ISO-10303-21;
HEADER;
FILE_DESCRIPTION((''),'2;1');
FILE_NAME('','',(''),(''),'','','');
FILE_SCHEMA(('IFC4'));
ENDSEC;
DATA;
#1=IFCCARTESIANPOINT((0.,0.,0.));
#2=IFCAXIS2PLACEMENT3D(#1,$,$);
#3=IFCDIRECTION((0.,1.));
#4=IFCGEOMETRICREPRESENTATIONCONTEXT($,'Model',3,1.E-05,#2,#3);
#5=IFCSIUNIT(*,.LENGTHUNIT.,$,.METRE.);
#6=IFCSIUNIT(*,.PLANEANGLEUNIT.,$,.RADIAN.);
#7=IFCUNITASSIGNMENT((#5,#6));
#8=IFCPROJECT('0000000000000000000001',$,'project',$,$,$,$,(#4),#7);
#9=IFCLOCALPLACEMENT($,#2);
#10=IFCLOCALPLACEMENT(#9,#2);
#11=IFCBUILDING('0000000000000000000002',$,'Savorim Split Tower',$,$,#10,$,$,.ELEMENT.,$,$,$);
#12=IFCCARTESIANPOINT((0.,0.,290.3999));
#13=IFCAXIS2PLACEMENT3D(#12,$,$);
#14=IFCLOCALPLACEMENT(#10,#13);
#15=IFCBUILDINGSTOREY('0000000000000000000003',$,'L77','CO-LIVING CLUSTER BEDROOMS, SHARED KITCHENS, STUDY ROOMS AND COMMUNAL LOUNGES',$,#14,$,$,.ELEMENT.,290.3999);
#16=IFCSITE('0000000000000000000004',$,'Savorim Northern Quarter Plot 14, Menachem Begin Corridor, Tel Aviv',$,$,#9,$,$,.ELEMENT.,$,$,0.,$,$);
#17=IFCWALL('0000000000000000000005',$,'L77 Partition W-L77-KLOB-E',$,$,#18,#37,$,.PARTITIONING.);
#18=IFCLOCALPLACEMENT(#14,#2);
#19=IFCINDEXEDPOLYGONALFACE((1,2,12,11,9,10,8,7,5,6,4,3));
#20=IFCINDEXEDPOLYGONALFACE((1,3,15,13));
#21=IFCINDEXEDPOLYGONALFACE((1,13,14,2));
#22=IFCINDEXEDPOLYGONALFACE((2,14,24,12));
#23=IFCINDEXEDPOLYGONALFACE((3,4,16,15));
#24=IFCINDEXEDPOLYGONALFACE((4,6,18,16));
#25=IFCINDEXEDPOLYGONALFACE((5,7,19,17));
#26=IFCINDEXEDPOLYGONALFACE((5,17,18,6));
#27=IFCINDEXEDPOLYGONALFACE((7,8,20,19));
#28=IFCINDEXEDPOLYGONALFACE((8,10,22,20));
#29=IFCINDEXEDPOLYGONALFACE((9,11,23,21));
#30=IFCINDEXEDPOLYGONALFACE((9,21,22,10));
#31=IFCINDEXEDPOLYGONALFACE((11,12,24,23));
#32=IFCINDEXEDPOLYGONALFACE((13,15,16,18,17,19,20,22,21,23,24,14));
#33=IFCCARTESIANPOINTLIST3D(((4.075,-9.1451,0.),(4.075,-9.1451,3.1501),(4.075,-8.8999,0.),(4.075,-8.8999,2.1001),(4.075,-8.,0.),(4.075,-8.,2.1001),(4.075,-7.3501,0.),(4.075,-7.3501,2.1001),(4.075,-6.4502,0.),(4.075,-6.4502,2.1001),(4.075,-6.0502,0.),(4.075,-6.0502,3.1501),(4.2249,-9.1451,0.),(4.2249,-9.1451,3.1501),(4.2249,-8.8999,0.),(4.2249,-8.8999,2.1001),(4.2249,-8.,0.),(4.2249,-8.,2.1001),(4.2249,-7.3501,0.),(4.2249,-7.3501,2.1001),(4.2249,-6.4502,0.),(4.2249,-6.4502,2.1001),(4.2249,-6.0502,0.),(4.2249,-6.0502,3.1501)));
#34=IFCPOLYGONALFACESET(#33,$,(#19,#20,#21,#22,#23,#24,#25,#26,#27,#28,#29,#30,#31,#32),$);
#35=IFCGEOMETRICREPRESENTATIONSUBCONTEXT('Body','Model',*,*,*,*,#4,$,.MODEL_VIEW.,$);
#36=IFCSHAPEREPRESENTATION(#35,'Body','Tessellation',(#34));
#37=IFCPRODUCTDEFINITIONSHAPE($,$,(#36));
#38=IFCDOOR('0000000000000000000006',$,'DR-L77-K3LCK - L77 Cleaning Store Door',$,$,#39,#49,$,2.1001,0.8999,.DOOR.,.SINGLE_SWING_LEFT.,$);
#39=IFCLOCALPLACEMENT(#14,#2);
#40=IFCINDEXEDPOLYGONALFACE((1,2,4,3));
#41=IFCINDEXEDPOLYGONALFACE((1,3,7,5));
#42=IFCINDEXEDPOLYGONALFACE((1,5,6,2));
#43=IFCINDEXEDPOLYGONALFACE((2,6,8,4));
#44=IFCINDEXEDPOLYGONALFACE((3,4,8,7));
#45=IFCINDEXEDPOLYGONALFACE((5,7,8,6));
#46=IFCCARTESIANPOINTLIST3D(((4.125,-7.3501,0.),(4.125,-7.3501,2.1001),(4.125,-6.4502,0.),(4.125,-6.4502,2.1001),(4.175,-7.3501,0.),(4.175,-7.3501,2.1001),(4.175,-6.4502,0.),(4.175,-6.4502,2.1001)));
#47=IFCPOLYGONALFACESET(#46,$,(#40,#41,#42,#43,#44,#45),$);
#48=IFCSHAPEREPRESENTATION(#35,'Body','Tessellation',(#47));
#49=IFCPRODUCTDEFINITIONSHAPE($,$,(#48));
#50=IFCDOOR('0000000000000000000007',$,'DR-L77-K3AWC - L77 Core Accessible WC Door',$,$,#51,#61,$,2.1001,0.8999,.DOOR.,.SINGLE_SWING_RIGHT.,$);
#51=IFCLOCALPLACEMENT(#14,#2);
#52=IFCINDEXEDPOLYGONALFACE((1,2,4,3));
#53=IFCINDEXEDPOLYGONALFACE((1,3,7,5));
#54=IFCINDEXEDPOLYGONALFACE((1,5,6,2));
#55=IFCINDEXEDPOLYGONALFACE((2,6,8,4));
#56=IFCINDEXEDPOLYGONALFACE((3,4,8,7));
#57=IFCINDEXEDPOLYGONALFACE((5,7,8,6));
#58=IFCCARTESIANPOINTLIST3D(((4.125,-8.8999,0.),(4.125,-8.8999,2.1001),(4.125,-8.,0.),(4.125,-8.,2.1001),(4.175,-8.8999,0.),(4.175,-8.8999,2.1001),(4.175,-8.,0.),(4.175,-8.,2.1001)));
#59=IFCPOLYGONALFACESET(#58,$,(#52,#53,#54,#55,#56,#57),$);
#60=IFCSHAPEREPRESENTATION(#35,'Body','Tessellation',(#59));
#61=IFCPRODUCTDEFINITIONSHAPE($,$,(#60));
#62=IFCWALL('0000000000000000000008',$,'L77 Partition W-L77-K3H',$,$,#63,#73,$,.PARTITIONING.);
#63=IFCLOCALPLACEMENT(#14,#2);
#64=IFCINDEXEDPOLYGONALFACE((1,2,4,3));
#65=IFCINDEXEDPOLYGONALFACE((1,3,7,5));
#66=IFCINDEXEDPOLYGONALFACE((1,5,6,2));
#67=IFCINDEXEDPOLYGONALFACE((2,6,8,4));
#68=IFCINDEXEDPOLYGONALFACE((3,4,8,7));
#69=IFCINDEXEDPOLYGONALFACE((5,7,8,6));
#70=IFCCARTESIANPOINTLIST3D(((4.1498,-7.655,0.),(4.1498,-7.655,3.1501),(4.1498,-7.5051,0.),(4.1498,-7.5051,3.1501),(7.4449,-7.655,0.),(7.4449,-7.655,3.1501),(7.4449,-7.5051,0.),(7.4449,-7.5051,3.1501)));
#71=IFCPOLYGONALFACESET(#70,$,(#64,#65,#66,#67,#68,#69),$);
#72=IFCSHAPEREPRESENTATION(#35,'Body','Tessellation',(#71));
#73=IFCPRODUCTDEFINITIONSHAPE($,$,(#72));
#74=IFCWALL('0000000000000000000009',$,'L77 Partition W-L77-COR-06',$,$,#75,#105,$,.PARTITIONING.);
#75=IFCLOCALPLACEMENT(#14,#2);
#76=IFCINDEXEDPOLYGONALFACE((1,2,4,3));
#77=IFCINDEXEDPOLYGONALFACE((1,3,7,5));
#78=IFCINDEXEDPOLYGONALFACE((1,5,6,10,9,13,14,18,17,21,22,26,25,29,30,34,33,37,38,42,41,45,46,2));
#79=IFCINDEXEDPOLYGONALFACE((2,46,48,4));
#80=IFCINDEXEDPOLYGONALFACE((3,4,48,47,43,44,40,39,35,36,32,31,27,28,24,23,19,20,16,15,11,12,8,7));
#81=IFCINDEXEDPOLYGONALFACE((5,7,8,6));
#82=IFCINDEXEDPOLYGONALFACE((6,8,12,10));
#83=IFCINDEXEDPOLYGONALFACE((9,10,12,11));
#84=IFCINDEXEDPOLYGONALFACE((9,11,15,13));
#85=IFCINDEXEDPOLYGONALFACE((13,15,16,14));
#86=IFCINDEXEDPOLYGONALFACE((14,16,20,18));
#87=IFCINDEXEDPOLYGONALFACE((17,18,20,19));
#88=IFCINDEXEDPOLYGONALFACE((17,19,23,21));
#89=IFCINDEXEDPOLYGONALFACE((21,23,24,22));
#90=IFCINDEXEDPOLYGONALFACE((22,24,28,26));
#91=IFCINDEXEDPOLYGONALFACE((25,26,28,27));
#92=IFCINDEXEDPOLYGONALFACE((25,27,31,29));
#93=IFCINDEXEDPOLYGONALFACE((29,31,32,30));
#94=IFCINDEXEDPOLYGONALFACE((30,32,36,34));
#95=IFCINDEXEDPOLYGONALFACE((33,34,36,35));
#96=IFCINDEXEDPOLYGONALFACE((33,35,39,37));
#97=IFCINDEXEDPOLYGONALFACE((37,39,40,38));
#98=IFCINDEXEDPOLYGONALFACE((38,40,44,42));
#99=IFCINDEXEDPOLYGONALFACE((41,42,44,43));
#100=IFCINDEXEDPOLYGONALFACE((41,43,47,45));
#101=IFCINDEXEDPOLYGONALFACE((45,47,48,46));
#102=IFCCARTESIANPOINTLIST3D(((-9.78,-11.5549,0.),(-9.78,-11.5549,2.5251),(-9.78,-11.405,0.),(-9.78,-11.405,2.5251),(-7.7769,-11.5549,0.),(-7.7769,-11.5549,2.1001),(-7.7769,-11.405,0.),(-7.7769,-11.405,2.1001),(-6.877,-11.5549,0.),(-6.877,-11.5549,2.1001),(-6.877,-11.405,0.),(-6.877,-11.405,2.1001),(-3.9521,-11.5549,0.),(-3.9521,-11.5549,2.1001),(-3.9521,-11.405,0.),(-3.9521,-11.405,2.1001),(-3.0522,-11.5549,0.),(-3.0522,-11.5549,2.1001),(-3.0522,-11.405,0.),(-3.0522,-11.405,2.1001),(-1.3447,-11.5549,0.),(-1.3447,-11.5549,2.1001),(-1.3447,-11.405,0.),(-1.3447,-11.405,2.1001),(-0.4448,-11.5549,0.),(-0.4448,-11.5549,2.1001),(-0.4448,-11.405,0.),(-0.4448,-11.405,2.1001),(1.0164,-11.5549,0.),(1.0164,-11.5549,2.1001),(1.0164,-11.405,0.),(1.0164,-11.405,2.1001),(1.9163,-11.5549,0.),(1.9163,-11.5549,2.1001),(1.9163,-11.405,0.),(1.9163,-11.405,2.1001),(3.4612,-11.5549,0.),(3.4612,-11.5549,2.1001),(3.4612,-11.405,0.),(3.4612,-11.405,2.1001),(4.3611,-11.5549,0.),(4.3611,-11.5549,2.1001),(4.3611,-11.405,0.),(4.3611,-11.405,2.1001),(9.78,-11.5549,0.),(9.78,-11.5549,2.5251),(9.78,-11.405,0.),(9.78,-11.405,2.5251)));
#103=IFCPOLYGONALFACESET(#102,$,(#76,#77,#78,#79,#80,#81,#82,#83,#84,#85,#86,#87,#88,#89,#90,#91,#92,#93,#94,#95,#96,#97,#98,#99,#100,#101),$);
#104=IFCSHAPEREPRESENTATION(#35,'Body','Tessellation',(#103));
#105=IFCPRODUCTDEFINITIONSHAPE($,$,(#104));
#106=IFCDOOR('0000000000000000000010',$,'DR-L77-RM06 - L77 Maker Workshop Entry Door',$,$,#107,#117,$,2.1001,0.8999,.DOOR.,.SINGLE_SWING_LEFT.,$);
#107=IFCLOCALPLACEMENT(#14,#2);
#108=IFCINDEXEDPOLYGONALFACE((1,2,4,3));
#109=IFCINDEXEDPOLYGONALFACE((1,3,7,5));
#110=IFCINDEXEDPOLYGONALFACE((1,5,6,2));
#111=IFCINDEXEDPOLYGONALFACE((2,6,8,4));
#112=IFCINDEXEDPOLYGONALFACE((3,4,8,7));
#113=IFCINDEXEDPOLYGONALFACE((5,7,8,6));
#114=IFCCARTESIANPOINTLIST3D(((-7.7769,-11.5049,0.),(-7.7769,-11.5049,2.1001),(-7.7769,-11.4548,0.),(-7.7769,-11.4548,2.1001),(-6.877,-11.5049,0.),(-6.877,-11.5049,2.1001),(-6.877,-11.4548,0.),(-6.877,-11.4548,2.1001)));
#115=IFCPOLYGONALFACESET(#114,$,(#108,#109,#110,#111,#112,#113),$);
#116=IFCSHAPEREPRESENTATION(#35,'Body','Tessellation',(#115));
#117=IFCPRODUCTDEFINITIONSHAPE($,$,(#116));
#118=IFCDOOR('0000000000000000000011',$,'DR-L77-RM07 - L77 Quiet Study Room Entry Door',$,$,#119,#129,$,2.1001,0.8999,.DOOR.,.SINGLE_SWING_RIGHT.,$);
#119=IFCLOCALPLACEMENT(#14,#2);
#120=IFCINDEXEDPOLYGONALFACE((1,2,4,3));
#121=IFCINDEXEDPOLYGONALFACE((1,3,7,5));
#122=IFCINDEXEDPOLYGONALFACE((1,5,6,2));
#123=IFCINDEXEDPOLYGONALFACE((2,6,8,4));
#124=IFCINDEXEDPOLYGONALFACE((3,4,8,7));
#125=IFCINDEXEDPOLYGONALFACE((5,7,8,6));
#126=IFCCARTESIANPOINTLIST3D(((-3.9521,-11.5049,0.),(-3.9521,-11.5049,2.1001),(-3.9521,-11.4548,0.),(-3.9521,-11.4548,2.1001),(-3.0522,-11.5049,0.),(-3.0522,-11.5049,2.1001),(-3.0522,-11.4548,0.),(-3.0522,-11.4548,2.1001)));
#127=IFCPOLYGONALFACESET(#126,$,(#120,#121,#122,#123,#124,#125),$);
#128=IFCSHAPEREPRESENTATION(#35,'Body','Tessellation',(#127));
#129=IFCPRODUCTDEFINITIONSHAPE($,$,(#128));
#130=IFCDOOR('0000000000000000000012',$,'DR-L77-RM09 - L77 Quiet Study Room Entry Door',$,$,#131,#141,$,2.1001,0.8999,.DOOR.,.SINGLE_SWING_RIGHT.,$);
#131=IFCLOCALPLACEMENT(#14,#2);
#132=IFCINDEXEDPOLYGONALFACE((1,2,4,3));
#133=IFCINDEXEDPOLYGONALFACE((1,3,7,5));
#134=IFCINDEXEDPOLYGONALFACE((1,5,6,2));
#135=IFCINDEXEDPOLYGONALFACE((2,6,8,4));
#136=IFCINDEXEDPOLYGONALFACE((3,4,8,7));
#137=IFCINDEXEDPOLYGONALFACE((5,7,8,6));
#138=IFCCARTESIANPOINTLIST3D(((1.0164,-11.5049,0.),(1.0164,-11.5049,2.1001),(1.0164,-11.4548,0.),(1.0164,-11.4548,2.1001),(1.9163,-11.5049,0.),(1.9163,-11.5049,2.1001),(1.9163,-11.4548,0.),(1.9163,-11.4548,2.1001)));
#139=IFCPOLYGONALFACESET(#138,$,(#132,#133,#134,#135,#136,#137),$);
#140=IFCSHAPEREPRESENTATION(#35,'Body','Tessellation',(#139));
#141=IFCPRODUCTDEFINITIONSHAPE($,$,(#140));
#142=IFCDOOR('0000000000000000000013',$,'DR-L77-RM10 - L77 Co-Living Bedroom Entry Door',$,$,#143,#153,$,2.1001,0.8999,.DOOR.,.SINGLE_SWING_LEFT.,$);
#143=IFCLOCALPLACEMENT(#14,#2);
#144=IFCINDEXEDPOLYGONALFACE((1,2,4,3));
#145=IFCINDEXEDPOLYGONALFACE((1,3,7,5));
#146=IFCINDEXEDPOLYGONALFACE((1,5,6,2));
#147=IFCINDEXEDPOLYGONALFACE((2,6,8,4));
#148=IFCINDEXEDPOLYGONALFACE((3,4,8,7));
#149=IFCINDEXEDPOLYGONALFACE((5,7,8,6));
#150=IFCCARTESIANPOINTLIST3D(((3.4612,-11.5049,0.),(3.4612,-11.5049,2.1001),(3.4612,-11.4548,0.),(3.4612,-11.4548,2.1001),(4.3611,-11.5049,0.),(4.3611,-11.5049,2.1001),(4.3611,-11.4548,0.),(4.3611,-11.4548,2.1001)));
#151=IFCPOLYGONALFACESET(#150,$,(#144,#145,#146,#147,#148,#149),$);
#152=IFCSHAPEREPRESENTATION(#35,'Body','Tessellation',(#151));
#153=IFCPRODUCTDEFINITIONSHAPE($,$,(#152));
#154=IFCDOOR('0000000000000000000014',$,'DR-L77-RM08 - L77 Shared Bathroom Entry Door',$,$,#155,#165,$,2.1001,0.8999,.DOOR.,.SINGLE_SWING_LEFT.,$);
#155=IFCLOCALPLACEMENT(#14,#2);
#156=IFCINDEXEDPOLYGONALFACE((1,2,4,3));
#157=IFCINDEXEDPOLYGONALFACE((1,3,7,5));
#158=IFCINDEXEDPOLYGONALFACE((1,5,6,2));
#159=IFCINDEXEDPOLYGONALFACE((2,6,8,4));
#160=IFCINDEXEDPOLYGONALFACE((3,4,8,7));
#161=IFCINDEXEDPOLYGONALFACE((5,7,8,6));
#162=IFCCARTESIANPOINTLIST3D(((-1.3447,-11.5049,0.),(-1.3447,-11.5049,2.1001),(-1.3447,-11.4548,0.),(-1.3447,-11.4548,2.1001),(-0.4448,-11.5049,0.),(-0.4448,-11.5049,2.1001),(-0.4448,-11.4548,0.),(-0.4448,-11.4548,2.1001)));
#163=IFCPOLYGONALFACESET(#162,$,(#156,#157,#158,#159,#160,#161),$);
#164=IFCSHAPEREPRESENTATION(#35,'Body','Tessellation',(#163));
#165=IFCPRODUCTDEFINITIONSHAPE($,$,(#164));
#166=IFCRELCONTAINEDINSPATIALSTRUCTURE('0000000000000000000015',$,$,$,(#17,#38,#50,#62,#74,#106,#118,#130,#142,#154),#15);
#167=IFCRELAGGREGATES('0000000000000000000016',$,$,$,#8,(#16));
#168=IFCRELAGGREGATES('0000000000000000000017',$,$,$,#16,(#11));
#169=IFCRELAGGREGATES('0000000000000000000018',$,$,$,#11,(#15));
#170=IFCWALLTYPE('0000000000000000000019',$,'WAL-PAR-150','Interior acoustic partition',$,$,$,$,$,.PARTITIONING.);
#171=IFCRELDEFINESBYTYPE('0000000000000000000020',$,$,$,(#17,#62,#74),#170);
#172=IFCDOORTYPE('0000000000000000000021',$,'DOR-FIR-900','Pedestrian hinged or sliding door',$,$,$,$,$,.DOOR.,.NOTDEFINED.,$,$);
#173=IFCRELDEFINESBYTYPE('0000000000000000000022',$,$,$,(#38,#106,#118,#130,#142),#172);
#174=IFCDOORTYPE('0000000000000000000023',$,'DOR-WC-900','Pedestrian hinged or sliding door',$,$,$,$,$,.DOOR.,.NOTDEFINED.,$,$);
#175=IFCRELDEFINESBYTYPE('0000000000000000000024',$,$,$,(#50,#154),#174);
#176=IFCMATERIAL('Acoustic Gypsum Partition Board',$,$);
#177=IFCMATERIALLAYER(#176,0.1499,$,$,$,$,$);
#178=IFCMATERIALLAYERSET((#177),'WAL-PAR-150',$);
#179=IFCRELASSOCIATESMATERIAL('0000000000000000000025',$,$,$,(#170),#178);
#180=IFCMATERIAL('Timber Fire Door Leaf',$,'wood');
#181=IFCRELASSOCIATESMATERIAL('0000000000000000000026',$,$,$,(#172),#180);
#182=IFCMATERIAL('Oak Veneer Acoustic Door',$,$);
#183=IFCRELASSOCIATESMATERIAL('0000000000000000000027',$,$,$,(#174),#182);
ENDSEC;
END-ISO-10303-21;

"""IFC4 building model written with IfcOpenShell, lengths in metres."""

from ifc_helpers import new_model, si_unit, direction, frame, frame_2d, origin, place, context, subcontext, project, spatial, rectangle, extrude, material, layer, layer_set, type_object, element, fill, save


model = new_model("IFC4")

# Units and contexts
model_context = context("Model", 3, precision=1e-05, world=origin(), true_north=direction((0.0, 1.0)))
body_context = subcontext(model_context, "Body", "Model", "MODEL_VIEW")
ifc_project = project(units=[si_unit("LENGTHUNIT", "METRE"), si_unit("PLANEANGLEUNIT", "RADIAN")], contexts=[model_context])

# Site, building, storey
site_placement = place(None, origin())
site = spatial("IfcSite", under=ifc_project, at=site_placement, Name="Savorim Northern Quarter Plot 14, Menachem Begin Corridor, Tel Aviv", CompositionType="ELEMENT", RefElevation=0.0)
building_placement = place(site_placement, origin())
building = spatial("IfcBuilding", under=site, at=building_placement, Name="Savorim Split Tower", CompositionType="ELEMENT")
storey_placement = place(building_placement, frame((0.0, 0.0, 290.3999)))
storey = spatial("IfcBuildingStorey", under=building, at=storey_placement, Name="L77", Description="CO-LIVING CLUSTER BEDROOMS, SHARED KITCHENS, STUDY ROOMS AND COMMUNAL LOUNGES", CompositionType="ELEMENT", Elevation=290.3999)

# Shared definitions
ifc_material_1 = material(Name="Timber Fire Door Leaf", Category="wood")

# Wall, openings, doors
ifc_material_2 = material(Name="Acoustic Gypsum Partition Board")
ifc_layer_1 = layer(ifc_material_2, 0.1499)
ifc_layer_set_1 = layer_set([ifc_layer_1], Name="WAL-PAR-150")
wall_type_1 = type_object("IfcWallType", Name="WAL-PAR-150", Description="Interior acoustic partition", PredefinedType="PARTITIONING", material=ifc_layer_set_1)
wall_1_placement = place(storey_placement, frame((4.1499, -9.145, 0.0), z_axis=(0.0, 0.0, 1.0), x_axis=(0.0, 1.0, 0.0)))
wall_1 = element("IfcWall", 1, at=wall_1_placement, inside=storey, type_object=wall_type_1, Name="L77 Partition W-L77-KLOB-E", PredefinedType="PARTITIONING", context=body_context, shape_type="SweptSolid", body=[
    extrude(rectangle(XDim=3.095, YDim=0.1499, at=frame_2d((1.5474, 0.0))), origin(), (0.0, 0.0, 1.0), 3.1501),
])
opening_1_placement = place(wall_1_placement, frame((0.2451, 0.0, 0.0)))
opening_1 = element("IfcOpeningElement", 2, at=opening_1_placement, cuts=wall_1, PredefinedType="OPENING", context=body_context, shape_type="SweptSolid", body=[
    extrude(rectangle(XDim=0.8999, YDim=2.1001, at=frame_2d((0.45, 1.05))), frame((0.0, 0.085, 0.0), z_axis=(0.0, -1.0, 0.0), x_axis=(1.0, 0.0, 0.0)), (0.0, 0.0, 1.0), 0.1699),
])
opening_2_placement = place(wall_1_placement, frame((1.7949, 0.0, 0.0)))
opening_2 = element("IfcOpeningElement", 3, at=opening_2_placement, cuts=wall_1, PredefinedType="OPENING", context=body_context, shape_type="SweptSolid", body=[
    extrude(rectangle(XDim=0.8999, YDim=2.1001, at=frame_2d((0.45, 1.05))), frame((0.0, 0.085, 0.0), z_axis=(0.0, -1.0, 0.0), x_axis=(1.0, 0.0, 0.0)), (0.0, 0.0, 1.0), 0.1699),
])
door_type_1 = type_object("IfcDoorType", Name="DOR-FIR-900", Description="Pedestrian hinged or sliding door", OperationType="NOTDEFINED", PredefinedType="DOOR", material=ifc_material_1)
door_1_placement = place(opening_2_placement, origin())
door_1 = element("IfcDoor", 4, at=door_1_placement, inside=storey, type_object=door_type_1, Name="DR-L77-K3LCK - L77 Cleaning Store Door", OperationType="SINGLE_SWING_LEFT", OverallHeight=2.1001, OverallWidth=0.8999, PredefinedType="DOOR", context=body_context, shape_type="SweptSolid", body=[
    extrude(rectangle(XDim=0.8999, YDim=2.1001, at=frame_2d((0.45, 1.05))), frame((0.0, 0.0249, 0.0), z_axis=(0.0, -1.0, 0.0), x_axis=(1.0, 0.0, 0.0)), (0.0, 0.0, 1.0), 0.05),
])
fill(opening_2, door_1)
ifc_material_3 = material(Name="Oak Veneer Acoustic Door")
door_type_2 = type_object("IfcDoorType", Name="DOR-WC-900", Description="Pedestrian hinged or sliding door", OperationType="NOTDEFINED", PredefinedType="DOOR", material=ifc_material_3)
door_2_placement = place(opening_1_placement, origin())
door_2 = element("IfcDoor", 5, at=door_2_placement, inside=storey, type_object=door_type_2, Name="DR-L77-K3AWC - L77 Core Accessible WC Door", OperationType="SINGLE_SWING_RIGHT", OverallHeight=2.1001, OverallWidth=0.8999, PredefinedType="DOOR", context=body_context, shape_type="SweptSolid", body=[
    extrude(rectangle(XDim=0.8999, YDim=2.1001, at=frame_2d((0.45, 1.05))), frame((0.0, 0.0249, 0.0), z_axis=(0.0, -1.0, 0.0), x_axis=(1.0, 0.0, 0.0)), (0.0, 0.0, 1.0), 0.05),
])
fill(opening_1, door_2)

# Wall
wall_2_placement = place(storey_placement, frame((4.1499, -7.5801, 0.0), z_axis=(0.0, 0.0, 1.0), x_axis=(1.0, 0.0, 0.0)))
element("IfcWall", 6, at=wall_2_placement, inside=storey, type_object=wall_type_1, Name="L77 Partition W-L77-K3H", PredefinedType="PARTITIONING", context=body_context, shape_type="SweptSolid", body=[
    extrude(rectangle(XDim=3.2952, YDim=0.1499, at=frame_2d((1.6475, 0.0))), origin(), (0.0, 0.0, 1.0), 3.1501),
])

# Wall, openings, doors
wall_3_placement = place(storey_placement, frame((9.78, -11.48, 0.0), z_axis=(0.0, 0.0, 1.0), x_axis=(-1.0, 0.0, 0.0)))
wall_3 = element("IfcWall", 7, at=wall_3_placement, inside=storey, type_object=wall_type_1, Name="L77 Partition W-L77-COR-06", PredefinedType="PARTITIONING", context=body_context, shape_type="SweptSolid", body=[
    extrude(rectangle(XDim=19.5601, YDim=0.1499, at=frame_2d((9.78, 0.0))), origin(), (0.0, 0.0, 1.0), 2.5251),
])
opening_3_placement = place(wall_3_placement, frame((16.657, 0.0, 0.0)))
opening_3 = element("IfcOpeningElement", 8, at=opening_3_placement, cuts=wall_3, PredefinedType="OPENING", context=body_context, shape_type="SweptSolid", body=[
    extrude(rectangle(XDim=0.8999, YDim=2.1001, at=frame_2d((0.45, 1.05))), frame((0.0, 0.085, 0.0), z_axis=(0.0, -1.0, 0.0), x_axis=(1.0, 0.0, 0.0)), (0.0, 0.0, 1.0), 0.1699),
])
opening_4_placement = place(wall_3_placement, frame((12.8323, 0.0, 0.0)))
opening_4 = element("IfcOpeningElement", 9, at=opening_4_placement, cuts=wall_3, PredefinedType="OPENING", context=body_context, shape_type="SweptSolid", body=[
    extrude(rectangle(XDim=0.8999, YDim=2.1001, at=frame_2d((0.45, 1.05))), frame((0.0, 0.085, 0.0), z_axis=(0.0, -1.0, 0.0), x_axis=(1.0, 0.0, 0.0)), (0.0, 0.0, 1.0), 0.1699),
])
opening_5_placement = place(wall_3_placement, frame((10.2249, 0.0, 0.0)))
opening_5 = element("IfcOpeningElement", 10, at=opening_5_placement, cuts=wall_3, PredefinedType="OPENING", context=body_context, shape_type="SweptSolid", body=[
    extrude(rectangle(XDim=0.8999, YDim=2.1001, at=frame_2d((0.45, 1.05))), frame((0.0, 0.085, 0.0), z_axis=(0.0, -1.0, 0.0), x_axis=(1.0, 0.0, 0.0)), (0.0, 0.0, 1.0), 0.1699),
])
opening_6_placement = place(wall_3_placement, frame((7.8638, 0.0, 0.0)))
opening_6 = element("IfcOpeningElement", 11, at=opening_6_placement, cuts=wall_3, PredefinedType="OPENING", context=body_context, shape_type="SweptSolid", body=[
    extrude(rectangle(XDim=0.8999, YDim=2.1001, at=frame_2d((0.45, 1.05))), frame((0.0, 0.085, 0.0), z_axis=(0.0, -1.0, 0.0), x_axis=(1.0, 0.0, 0.0)), (0.0, 0.0, 1.0), 0.1699),
])
opening_7_placement = place(wall_3_placement, frame((5.4189, 0.0, 0.0)))
opening_7 = element("IfcOpeningElement", 12, at=opening_7_placement, cuts=wall_3, PredefinedType="OPENING", context=body_context, shape_type="SweptSolid", body=[
    extrude(rectangle(XDim=0.8999, YDim=2.1001, at=frame_2d((0.45, 1.05))), frame((0.0, 0.085, 0.0), z_axis=(0.0, -1.0, 0.0), x_axis=(1.0, 0.0, 0.0)), (0.0, 0.0, 1.0), 0.1699),
])
door_3_placement = place(opening_3_placement, origin())
door_3 = element("IfcDoor", 13, at=door_3_placement, inside=storey, type_object=door_type_1, Name="DR-L77-RM06 - L77 Maker Workshop Entry Door", OperationType="SINGLE_SWING_LEFT", OverallHeight=2.1001, OverallWidth=0.8999, PredefinedType="DOOR", context=body_context, shape_type="SweptSolid", body=[
    extrude(rectangle(XDim=0.8999, YDim=2.1001, at=frame_2d((0.45, 1.05))), frame((0.0, 0.0249, 0.0), z_axis=(0.0, -1.0, 0.0), x_axis=(1.0, 0.0, 0.0)), (0.0, 0.0, 1.0), 0.05),
])
fill(opening_3, door_3)
door_4_placement = place(opening_4_placement, origin())
door_4 = element("IfcDoor", 14, at=door_4_placement, inside=storey, type_object=door_type_1, Name="DR-L77-RM07 - L77 Quiet Study Room Entry Door", OperationType="SINGLE_SWING_RIGHT", OverallHeight=2.1001, OverallWidth=0.8999, PredefinedType="DOOR", context=body_context, shape_type="SweptSolid", body=[
    extrude(rectangle(XDim=0.8999, YDim=2.1001, at=frame_2d((0.45, 1.05))), frame((0.0, 0.0249, 0.0), z_axis=(0.0, -1.0, 0.0), x_axis=(1.0, 0.0, 0.0)), (0.0, 0.0, 1.0), 0.05),
])
fill(opening_4, door_4)
door_5_placement = place(opening_6_placement, origin())
door_5 = element("IfcDoor", 15, at=door_5_placement, inside=storey, type_object=door_type_1, Name="DR-L77-RM09 - L77 Quiet Study Room Entry Door", OperationType="SINGLE_SWING_RIGHT", OverallHeight=2.1001, OverallWidth=0.8999, PredefinedType="DOOR", context=body_context, shape_type="SweptSolid", body=[
    extrude(rectangle(XDim=0.8999, YDim=2.1001, at=frame_2d((0.45, 1.05))), frame((0.0, 0.0249, 0.0), z_axis=(0.0, -1.0, 0.0), x_axis=(1.0, 0.0, 0.0)), (0.0, 0.0, 1.0), 0.05),
])
fill(opening_6, door_5)
door_6_placement = place(opening_7_placement, origin())
door_6 = element("IfcDoor", 16, at=door_6_placement, inside=storey, type_object=door_type_1, Name="DR-L77-RM10 - L77 Co-Living Bedroom Entry Door", OperationType="SINGLE_SWING_LEFT", OverallHeight=2.1001, OverallWidth=0.8999, PredefinedType="DOOR", context=body_context, shape_type="SweptSolid", body=[
    extrude(rectangle(XDim=0.8999, YDim=2.1001, at=frame_2d((0.45, 1.05))), frame((0.0, 0.0249, 0.0), z_axis=(0.0, -1.0, 0.0), x_axis=(1.0, 0.0, 0.0)), (0.0, 0.0, 1.0), 0.05),
])
fill(opening_7, door_6)
door_7_placement = place(opening_5_placement, origin())
door_7 = element("IfcDoor", 17, at=door_7_placement, inside=storey, type_object=door_type_2, Name="DR-L77-RM08 - L77 Shared Bathroom Entry Door", OperationType="SINGLE_SWING_LEFT", OverallHeight=2.1001, OverallWidth=0.8999, PredefinedType="DOOR", context=body_context, shape_type="SweptSolid", body=[
    extrude(rectangle(XDim=0.8999, YDim=2.1001, at=frame_2d((0.45, 1.05))), frame((0.0, 0.0249, 0.0), z_axis=(0.0, -1.0, 0.0), x_axis=(1.0, 0.0, 0.0)), (0.0, 0.0, 1.0), 0.05),
])
fill(opening_5, door_7)

save(model, "model.ifc")
